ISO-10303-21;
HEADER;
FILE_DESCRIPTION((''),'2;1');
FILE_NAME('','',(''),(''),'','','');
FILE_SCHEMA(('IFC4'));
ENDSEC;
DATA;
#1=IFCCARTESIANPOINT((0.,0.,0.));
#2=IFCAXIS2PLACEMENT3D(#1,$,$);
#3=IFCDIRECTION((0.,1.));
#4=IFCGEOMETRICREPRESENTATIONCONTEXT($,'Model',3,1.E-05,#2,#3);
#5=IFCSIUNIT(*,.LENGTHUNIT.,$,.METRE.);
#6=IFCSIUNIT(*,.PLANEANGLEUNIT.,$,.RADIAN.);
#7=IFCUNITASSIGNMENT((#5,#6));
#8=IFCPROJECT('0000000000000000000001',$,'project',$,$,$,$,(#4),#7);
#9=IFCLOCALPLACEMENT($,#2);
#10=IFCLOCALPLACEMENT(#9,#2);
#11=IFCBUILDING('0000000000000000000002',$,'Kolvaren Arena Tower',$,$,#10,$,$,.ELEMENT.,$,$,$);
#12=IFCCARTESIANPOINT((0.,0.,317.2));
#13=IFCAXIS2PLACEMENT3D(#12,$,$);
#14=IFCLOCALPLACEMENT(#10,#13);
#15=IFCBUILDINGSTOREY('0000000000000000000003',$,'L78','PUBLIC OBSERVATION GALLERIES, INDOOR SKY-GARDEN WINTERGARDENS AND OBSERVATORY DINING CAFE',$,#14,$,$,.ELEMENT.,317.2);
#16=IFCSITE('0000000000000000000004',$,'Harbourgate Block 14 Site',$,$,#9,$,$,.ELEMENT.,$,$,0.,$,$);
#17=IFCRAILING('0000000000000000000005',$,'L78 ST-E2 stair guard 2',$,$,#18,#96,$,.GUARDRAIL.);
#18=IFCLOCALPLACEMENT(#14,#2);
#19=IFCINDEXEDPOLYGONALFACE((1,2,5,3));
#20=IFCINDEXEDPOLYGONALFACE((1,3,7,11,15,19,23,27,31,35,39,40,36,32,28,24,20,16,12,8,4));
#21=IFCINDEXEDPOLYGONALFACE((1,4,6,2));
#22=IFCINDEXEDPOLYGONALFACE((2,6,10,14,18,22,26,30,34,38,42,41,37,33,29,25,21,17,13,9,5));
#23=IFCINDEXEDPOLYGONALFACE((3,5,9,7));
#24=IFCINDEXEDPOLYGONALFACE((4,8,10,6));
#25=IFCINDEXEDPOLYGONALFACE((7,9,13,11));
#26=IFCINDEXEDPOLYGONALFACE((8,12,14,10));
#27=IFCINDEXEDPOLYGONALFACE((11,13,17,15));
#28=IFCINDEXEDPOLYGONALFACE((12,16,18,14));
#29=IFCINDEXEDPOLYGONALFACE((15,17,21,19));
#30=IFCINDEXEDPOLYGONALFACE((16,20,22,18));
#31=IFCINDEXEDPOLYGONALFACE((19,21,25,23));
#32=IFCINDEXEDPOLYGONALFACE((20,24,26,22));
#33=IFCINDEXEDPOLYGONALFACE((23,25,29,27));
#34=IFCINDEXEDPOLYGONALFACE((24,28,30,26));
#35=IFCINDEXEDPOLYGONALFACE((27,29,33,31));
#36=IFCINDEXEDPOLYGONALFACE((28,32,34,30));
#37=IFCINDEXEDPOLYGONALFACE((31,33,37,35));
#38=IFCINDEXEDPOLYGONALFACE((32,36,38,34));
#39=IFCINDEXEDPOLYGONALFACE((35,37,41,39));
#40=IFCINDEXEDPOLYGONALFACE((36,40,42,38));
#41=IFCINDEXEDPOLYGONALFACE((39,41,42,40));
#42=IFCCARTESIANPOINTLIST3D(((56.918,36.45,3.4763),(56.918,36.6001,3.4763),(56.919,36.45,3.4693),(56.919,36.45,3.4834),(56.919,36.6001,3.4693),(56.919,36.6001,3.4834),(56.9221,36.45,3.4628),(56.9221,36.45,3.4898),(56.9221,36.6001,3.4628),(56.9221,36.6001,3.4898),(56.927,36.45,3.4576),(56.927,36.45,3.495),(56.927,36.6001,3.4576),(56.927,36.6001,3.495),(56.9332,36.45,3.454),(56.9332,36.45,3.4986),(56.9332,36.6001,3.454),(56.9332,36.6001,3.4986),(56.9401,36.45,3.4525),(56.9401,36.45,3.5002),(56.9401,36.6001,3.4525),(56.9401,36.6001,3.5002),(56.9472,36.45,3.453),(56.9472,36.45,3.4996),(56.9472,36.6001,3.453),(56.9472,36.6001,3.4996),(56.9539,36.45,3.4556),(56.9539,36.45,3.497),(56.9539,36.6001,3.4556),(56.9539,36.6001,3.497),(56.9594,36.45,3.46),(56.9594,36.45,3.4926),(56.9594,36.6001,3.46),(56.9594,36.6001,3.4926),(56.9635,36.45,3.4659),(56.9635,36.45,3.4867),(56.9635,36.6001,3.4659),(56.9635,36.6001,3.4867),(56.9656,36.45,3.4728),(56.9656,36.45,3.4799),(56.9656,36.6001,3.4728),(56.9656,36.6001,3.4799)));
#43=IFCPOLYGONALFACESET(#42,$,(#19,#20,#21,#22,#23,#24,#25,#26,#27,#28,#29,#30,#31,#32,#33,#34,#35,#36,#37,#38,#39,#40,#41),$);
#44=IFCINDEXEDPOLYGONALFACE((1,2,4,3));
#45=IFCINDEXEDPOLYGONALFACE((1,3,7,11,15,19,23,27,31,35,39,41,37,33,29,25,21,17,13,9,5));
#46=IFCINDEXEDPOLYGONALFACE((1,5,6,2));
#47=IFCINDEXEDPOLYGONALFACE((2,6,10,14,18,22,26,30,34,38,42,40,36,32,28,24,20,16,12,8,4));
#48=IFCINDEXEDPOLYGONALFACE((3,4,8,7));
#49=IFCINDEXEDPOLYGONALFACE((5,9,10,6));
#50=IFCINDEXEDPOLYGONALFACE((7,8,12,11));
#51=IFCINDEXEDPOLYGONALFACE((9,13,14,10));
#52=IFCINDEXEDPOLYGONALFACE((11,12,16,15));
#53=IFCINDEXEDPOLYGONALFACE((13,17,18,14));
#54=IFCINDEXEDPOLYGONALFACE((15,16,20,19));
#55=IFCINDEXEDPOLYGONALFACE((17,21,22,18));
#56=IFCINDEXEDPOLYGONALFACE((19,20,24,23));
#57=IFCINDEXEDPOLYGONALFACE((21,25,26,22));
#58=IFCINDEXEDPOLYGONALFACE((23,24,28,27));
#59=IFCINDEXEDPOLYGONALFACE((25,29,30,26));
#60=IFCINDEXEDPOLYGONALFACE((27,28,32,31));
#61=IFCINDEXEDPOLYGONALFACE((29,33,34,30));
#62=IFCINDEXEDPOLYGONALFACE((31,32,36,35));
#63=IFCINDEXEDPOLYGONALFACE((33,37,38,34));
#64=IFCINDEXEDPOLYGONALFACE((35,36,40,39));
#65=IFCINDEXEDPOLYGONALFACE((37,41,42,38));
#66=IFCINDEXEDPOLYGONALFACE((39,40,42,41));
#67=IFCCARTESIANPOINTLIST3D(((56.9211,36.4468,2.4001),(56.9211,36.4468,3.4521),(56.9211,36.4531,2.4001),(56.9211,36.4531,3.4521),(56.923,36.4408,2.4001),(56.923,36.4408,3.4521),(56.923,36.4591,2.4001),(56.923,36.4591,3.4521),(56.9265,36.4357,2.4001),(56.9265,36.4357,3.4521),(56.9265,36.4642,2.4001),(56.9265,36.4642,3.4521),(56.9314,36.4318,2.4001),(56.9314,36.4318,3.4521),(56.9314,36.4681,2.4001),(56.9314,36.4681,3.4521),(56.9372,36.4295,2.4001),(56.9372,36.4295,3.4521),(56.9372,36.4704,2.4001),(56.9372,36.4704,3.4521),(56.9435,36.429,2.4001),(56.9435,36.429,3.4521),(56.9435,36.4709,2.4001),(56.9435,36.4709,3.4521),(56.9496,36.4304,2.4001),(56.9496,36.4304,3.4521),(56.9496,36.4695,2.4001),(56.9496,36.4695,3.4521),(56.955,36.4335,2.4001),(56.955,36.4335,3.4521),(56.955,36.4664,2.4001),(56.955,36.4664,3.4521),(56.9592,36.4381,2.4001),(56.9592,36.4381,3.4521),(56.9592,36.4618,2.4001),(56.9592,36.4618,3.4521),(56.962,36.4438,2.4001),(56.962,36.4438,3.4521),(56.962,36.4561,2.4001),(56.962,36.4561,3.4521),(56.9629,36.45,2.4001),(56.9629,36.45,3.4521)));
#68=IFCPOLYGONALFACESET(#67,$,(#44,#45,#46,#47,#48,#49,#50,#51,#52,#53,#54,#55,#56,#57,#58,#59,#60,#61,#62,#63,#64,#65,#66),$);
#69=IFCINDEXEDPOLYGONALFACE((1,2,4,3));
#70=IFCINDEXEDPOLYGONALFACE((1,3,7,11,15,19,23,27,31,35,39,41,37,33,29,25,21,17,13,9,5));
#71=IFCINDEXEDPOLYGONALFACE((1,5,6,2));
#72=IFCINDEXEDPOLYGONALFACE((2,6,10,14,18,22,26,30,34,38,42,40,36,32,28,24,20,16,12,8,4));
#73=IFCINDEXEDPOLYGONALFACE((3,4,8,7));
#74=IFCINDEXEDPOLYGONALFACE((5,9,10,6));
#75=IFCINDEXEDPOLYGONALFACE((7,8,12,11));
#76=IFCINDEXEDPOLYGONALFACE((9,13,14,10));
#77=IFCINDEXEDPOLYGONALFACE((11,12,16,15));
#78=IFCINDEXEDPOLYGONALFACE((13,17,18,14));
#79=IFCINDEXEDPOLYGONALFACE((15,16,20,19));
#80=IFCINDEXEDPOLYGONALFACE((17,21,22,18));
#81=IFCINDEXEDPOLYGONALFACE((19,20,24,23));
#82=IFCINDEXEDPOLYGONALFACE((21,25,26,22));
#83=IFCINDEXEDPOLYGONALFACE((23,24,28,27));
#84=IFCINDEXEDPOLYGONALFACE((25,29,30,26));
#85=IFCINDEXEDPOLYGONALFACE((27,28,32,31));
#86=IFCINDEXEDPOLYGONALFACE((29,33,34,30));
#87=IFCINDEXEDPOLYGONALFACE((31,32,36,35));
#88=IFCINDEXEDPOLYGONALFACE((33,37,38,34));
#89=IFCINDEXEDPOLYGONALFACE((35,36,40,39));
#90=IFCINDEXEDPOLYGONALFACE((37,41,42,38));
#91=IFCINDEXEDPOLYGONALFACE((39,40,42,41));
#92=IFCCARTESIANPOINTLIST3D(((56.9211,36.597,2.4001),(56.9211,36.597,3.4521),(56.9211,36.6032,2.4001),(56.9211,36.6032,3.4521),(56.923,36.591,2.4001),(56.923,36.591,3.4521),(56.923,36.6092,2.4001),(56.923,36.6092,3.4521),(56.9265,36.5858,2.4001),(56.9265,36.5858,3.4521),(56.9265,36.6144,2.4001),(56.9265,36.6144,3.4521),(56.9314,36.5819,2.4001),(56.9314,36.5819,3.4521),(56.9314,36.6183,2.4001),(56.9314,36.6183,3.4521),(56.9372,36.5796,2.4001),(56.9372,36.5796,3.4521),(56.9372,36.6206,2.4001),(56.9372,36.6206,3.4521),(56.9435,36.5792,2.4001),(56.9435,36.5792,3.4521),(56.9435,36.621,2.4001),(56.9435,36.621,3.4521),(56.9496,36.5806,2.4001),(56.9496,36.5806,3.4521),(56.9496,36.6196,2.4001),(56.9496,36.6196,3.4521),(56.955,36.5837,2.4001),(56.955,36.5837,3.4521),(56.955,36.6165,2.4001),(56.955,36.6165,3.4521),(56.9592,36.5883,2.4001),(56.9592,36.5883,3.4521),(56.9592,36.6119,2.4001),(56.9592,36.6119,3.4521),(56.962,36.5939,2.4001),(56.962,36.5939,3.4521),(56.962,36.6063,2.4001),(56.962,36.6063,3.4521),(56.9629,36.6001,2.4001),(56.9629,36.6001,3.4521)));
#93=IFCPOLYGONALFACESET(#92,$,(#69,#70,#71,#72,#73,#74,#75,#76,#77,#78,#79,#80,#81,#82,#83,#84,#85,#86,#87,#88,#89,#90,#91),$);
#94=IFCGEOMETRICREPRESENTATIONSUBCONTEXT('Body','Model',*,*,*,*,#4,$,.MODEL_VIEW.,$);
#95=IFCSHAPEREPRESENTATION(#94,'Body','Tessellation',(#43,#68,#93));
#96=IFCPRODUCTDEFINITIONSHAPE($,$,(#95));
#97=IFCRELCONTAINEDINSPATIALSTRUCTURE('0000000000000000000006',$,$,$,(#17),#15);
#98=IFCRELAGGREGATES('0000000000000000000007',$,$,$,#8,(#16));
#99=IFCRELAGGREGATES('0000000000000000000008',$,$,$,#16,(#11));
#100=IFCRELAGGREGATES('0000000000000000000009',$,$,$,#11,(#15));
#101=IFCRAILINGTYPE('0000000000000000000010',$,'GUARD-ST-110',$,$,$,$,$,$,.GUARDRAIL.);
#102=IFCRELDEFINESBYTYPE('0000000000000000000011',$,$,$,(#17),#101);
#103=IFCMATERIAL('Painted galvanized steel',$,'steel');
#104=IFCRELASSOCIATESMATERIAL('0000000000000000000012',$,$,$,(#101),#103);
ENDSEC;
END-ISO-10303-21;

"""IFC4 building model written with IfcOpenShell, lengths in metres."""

from ifc_helpers import new_model, si_unit, direction, frame, origin, origin_2d, place, context, subcontext, project, spatial, circle, extrude, material, type_object, element, save


model = new_model("IFC4")

# Units and contexts
model_context = context("Model", 3, precision=1e-05, world=origin(), true_north=direction((0.0, 1.0)))
body_context = subcontext(model_context, "Body", "Model", "MODEL_VIEW")
ifc_project = project(units=[si_unit("LENGTHUNIT", "METRE"), si_unit("PLANEANGLEUNIT", "RADIAN")], contexts=[model_context])

# Site, building, storey
site_placement = place(None, origin())
site = spatial("IfcSite", under=ifc_project, at=site_placement, Name="Harbourgate Block 14 Site", CompositionType="ELEMENT", RefElevation=0.0)
building_placement = place(site_placement, origin())
building = spatial("IfcBuilding", under=site, at=building_placement, Name="Kolvaren Arena Tower", CompositionType="ELEMENT")
storey_placement = place(building_placement, frame((0.0, 0.0, 317.2)))
storey = spatial("IfcBuildingStorey", under=building, at=storey_placement, Name="L78", Description="PUBLIC OBSERVATION GALLERIES, INDOOR SKY-GARDEN WINTERGARDENS AND OBSERVATORY DINING CAFE", CompositionType="ELEMENT", Elevation=317.2)

# Railing
ifc_material_1 = material(Name="Painted galvanized steel", Category="steel")
railing_type_1 = type_object("IfcRailingType", Name="GUARD-ST-110", PredefinedType="GUARDRAIL", material=ifc_material_1)
railing_1_placement = place(storey_placement, frame((56.9419, 36.45, 2.4001)))
element("IfcRailing", 1, at=railing_1_placement, inside=storey, type_object=railing_type_1, Name="L78 ST-E2 stair guard 2", PredefinedType="GUARDRAIL", context=body_context, shape_type="SweptSolid", body=[
    extrude(circle(Radius=0.0239, at=origin_2d()), frame((0.0, 0.0, 1.0762), z_axis=(0.0, 1.0, 0.0), x_axis=(-1.0, 0.0, 0.0)), (0.0, 0.0, 1.0), 0.1501),
    extrude(circle(Radius=0.021, at=origin_2d()), origin(), (0.0, 0.0, 1.0), 1.052),
    extrude(circle(Radius=0.021, at=origin_2d()), frame((0.0, 0.1501, 0.0)), (0.0, 0.0, 1.0), 1.052),
])

save(model, "model.ifc")
